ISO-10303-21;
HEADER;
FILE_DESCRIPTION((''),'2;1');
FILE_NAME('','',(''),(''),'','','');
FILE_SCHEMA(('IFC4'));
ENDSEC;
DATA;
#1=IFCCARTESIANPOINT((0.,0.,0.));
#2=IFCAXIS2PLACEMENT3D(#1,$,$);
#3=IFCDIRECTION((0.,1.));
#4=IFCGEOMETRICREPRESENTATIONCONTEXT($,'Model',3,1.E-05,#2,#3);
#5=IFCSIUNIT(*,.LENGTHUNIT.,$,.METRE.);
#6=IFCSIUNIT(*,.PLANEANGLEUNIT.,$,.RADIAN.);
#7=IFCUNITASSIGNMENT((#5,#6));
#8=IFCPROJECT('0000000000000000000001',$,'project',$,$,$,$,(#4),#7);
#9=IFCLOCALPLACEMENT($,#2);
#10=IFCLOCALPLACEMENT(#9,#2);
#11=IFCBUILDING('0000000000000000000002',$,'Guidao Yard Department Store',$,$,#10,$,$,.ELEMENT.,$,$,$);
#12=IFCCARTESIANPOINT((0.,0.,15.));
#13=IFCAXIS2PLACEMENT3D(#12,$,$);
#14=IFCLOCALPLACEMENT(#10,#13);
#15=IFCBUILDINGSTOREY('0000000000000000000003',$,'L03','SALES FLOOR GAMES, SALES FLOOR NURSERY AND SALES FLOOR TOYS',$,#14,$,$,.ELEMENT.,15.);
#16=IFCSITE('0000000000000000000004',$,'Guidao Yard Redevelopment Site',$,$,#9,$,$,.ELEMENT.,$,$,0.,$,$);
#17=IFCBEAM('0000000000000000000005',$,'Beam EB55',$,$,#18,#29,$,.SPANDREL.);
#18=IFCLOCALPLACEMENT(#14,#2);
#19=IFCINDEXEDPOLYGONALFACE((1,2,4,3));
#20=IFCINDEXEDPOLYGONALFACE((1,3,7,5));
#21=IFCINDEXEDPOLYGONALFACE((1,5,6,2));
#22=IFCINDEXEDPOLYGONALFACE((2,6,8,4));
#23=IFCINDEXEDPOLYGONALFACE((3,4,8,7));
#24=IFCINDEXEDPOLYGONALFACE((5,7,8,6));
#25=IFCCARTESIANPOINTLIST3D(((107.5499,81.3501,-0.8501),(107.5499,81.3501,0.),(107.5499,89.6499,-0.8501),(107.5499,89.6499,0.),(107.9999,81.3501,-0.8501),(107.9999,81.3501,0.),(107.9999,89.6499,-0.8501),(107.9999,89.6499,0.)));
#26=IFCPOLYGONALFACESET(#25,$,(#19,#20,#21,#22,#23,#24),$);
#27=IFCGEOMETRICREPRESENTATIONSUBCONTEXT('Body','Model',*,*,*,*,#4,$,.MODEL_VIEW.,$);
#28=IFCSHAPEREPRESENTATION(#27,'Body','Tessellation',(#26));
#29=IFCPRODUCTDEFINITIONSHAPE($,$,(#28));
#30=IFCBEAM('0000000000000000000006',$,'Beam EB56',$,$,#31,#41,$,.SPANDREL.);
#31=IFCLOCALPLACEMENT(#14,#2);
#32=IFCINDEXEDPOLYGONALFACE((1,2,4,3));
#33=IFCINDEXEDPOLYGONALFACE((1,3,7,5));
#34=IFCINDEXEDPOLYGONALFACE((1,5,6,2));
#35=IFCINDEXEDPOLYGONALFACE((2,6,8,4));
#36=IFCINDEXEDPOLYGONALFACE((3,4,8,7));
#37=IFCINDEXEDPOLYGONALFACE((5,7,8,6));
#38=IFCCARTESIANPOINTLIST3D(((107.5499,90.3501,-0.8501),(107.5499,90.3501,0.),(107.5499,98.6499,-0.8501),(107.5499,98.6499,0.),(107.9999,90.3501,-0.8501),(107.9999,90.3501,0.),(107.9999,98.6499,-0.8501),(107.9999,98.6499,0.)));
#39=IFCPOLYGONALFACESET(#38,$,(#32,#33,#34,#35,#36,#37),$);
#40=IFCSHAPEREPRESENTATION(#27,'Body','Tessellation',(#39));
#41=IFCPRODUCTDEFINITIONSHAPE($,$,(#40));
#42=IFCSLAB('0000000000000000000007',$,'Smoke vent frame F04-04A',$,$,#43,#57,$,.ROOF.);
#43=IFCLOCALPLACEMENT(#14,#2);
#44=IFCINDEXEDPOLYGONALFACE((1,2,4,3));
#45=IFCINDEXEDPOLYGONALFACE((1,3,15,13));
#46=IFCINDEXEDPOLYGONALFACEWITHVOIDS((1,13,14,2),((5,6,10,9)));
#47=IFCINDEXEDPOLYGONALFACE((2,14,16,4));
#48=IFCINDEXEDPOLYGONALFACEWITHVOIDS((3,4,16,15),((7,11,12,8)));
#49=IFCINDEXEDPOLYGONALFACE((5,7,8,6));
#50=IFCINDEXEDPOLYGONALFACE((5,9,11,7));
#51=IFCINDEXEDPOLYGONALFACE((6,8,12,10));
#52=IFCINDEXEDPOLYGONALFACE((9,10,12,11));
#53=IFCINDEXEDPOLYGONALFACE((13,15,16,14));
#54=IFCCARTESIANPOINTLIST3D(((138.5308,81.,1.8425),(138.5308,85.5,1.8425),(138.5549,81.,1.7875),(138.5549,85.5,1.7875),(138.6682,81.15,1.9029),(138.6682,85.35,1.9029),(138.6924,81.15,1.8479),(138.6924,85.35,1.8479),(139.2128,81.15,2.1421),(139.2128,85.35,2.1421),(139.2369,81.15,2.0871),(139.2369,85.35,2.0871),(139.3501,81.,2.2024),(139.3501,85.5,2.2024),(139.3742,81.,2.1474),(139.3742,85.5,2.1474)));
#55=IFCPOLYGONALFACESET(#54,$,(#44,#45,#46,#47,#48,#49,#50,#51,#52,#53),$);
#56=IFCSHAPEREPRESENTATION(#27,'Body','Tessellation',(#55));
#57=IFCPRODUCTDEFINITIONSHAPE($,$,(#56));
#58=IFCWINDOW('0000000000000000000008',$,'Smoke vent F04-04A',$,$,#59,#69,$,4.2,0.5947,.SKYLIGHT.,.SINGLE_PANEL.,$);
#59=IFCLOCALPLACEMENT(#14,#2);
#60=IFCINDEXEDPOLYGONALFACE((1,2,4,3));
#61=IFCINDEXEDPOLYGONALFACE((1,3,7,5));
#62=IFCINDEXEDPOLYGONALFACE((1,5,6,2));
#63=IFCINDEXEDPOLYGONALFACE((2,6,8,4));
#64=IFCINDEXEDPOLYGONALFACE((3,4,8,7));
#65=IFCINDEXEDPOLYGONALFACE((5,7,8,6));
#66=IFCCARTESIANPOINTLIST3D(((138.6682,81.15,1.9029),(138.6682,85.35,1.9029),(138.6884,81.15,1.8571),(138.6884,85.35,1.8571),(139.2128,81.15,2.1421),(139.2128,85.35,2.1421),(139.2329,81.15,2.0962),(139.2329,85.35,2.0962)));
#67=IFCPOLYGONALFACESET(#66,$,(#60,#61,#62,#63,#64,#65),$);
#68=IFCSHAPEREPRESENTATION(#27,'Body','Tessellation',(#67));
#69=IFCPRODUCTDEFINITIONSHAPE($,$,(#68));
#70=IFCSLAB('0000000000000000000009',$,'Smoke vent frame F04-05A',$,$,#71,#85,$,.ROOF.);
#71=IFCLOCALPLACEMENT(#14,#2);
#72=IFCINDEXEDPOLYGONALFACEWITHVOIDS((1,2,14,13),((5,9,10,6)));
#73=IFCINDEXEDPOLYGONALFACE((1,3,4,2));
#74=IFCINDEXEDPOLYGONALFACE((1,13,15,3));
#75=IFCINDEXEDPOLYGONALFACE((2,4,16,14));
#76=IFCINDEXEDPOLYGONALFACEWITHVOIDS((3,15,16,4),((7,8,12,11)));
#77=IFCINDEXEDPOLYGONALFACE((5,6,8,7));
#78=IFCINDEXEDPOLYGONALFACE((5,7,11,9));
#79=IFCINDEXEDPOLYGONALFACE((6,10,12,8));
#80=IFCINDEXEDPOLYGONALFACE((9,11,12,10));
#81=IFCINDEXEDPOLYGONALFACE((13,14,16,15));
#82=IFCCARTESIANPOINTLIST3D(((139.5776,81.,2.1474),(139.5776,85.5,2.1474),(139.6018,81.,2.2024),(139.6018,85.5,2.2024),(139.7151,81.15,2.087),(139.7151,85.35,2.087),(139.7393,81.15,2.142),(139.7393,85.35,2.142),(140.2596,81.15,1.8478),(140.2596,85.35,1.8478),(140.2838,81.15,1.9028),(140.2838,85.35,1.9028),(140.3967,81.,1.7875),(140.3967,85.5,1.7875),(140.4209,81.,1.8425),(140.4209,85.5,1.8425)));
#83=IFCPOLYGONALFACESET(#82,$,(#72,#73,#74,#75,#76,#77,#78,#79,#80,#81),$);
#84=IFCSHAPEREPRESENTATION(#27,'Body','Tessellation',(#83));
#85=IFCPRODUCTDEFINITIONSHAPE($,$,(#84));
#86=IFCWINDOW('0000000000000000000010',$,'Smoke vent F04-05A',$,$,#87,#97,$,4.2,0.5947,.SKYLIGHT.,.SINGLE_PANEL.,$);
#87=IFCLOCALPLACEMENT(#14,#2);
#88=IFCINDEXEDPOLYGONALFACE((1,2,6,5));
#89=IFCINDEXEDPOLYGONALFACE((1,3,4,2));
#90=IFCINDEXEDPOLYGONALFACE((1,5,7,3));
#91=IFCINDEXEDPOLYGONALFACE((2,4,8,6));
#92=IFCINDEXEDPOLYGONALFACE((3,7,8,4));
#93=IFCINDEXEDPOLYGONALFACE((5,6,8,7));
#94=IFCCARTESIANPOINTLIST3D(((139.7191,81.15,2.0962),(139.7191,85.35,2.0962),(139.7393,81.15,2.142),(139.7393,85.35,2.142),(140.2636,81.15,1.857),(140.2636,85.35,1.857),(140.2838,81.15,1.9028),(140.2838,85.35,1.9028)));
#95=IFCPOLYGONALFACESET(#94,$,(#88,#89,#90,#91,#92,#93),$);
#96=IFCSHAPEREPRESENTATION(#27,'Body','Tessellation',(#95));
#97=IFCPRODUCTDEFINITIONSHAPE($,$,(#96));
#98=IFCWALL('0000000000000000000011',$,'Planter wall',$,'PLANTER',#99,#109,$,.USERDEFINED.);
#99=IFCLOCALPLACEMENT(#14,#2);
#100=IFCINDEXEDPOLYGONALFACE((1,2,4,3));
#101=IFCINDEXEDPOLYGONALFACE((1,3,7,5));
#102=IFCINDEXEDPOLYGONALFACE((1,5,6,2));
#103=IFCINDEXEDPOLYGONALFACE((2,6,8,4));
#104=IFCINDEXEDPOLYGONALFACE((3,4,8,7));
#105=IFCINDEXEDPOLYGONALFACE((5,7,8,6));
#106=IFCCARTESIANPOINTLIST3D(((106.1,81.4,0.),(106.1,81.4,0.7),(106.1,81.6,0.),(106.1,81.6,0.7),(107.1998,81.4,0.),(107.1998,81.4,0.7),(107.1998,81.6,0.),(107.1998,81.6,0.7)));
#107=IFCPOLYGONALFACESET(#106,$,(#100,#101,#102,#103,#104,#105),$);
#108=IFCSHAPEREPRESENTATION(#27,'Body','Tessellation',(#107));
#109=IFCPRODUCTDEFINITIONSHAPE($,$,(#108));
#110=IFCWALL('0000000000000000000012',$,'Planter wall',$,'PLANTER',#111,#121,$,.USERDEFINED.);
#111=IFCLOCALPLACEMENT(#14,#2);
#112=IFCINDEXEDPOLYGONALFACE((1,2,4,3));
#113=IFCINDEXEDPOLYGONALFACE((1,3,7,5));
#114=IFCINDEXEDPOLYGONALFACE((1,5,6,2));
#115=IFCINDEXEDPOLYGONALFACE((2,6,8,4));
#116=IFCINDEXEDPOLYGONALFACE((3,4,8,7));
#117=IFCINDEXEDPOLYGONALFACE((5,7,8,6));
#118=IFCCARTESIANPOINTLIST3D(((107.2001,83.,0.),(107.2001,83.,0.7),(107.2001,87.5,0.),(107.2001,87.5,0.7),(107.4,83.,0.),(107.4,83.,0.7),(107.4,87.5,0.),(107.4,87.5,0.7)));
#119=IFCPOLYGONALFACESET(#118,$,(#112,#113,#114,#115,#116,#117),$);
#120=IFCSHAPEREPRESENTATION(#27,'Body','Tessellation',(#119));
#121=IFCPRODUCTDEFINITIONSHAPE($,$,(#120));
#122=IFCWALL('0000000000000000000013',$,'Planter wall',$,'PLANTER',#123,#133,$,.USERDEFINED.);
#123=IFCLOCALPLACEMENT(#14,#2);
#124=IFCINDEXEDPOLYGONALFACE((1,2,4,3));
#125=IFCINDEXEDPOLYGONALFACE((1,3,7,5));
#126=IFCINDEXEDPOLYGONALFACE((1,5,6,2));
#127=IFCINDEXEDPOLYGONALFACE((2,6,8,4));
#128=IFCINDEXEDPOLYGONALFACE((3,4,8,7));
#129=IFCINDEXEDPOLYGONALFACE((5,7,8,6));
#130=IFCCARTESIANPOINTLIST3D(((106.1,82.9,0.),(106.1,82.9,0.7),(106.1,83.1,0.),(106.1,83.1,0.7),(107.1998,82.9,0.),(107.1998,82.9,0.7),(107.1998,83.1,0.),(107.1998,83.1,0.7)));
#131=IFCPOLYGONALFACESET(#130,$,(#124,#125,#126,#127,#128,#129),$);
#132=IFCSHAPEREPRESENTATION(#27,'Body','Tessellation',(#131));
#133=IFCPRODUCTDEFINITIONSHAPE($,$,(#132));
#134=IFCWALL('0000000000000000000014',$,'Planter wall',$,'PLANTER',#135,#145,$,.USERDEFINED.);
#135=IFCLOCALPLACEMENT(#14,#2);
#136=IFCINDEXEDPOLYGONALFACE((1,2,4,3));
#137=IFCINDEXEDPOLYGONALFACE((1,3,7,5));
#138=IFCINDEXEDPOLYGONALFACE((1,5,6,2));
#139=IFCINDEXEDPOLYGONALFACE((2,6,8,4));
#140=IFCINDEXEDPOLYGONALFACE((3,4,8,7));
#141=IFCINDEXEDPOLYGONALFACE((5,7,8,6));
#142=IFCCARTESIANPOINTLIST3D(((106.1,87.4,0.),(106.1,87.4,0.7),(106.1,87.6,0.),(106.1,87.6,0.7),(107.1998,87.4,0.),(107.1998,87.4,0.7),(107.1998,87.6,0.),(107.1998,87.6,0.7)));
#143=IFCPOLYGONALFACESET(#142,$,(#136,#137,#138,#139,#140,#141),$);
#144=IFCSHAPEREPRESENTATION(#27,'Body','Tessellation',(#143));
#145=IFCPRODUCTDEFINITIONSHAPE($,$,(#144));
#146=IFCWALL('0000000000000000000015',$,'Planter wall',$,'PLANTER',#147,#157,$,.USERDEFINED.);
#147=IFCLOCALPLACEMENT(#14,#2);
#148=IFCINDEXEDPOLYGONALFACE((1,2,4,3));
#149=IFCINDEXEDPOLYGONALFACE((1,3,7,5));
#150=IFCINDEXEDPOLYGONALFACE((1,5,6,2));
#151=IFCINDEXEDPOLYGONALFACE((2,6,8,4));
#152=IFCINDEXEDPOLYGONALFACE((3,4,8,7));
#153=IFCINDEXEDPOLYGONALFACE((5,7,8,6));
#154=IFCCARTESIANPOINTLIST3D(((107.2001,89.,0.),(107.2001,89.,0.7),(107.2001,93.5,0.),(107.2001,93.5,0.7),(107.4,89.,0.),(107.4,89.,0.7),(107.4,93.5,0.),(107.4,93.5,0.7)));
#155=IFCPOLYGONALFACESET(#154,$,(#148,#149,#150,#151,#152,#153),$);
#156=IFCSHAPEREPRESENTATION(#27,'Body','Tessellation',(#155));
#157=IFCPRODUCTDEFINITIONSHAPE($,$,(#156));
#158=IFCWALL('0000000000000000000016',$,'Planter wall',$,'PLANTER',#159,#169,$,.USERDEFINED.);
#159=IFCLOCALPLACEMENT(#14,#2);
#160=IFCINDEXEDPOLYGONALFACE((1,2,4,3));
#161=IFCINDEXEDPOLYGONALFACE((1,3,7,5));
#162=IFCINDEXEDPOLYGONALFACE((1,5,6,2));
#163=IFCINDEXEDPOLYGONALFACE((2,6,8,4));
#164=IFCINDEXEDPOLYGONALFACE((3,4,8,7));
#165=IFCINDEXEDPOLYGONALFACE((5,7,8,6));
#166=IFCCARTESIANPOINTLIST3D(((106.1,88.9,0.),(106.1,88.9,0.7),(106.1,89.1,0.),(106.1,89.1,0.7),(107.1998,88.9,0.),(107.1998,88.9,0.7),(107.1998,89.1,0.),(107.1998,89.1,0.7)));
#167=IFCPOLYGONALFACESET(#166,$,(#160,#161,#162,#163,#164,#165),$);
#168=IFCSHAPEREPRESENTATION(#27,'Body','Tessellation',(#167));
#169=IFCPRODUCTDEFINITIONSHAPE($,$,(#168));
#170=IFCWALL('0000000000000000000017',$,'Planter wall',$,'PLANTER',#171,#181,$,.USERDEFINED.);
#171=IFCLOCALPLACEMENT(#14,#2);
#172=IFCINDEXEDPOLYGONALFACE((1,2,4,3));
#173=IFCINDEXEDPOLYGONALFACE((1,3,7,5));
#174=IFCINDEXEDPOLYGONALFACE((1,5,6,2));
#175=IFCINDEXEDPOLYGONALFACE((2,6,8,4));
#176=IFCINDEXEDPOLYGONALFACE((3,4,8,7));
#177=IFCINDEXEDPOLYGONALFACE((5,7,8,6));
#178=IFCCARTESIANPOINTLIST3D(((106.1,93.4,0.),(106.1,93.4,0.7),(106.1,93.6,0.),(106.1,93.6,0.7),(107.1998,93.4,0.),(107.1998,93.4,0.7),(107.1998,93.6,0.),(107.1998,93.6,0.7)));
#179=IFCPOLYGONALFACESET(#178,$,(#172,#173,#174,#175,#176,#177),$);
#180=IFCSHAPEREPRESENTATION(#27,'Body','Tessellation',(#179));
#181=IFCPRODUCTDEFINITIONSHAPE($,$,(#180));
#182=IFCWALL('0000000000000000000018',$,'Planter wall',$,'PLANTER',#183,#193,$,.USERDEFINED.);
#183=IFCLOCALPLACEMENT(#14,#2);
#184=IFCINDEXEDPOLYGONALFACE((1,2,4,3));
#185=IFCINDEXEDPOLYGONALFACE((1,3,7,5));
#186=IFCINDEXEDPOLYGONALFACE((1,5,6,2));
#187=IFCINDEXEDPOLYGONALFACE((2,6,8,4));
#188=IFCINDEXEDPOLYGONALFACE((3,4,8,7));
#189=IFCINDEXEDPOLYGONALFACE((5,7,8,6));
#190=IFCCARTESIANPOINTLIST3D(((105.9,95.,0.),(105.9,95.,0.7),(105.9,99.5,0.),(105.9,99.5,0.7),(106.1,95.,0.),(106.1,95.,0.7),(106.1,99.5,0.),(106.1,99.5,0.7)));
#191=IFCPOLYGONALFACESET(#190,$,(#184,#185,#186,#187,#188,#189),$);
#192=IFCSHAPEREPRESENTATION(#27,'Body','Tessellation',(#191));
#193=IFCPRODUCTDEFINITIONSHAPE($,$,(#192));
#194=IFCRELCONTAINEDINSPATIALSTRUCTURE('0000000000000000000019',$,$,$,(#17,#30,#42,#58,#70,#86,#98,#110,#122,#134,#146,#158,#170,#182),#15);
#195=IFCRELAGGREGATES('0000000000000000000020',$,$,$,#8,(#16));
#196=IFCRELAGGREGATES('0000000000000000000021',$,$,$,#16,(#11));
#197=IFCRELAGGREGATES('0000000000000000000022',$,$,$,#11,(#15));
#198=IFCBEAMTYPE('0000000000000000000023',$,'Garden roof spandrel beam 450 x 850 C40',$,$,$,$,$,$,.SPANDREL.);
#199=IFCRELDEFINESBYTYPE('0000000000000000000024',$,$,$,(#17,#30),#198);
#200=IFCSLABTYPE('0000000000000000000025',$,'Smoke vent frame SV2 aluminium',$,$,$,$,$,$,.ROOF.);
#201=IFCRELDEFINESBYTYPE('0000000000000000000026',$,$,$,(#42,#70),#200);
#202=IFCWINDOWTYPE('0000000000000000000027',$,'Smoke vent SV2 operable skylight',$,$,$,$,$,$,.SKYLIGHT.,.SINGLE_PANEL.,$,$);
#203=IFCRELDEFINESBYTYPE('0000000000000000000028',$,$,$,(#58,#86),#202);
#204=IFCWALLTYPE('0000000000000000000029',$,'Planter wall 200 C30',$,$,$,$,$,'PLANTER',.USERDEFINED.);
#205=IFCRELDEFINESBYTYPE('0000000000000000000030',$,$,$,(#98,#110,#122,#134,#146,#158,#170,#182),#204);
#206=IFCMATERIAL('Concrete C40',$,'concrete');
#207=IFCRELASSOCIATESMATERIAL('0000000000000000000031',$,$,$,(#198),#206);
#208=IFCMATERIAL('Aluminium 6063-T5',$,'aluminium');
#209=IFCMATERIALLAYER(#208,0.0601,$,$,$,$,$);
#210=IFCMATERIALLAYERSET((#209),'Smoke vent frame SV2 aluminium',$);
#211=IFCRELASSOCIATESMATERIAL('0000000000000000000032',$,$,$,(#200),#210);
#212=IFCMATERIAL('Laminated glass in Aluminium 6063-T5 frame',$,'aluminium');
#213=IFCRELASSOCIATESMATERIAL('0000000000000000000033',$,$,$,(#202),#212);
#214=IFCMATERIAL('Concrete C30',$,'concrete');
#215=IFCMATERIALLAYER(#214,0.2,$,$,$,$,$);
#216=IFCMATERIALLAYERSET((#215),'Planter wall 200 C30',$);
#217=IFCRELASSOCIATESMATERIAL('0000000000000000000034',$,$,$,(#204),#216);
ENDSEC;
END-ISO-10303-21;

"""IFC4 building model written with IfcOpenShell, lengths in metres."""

from ifc_helpers import new_model, si_unit, direction, frame, frame_2d, origin, origin_2d, place, context, subcontext, project, spatial, polyline, rectangle, outline, extrude, material, layer, layer_set, material_profile, profile_set, type_object, element, fill, save


model = new_model("IFC4")

# Units and contexts
model_context = context("Model", 3, precision=1e-05, world=origin(), true_north=direction((0.0, 1.0)))
body_context = subcontext(model_context, "Body", "Model", "MODEL_VIEW")
ifc_project = project(units=[si_unit("LENGTHUNIT", "METRE"), si_unit("PLANEANGLEUNIT", "RADIAN")], contexts=[model_context])

# Site, building, storey
site_placement = place(None, origin())
site = spatial("IfcSite", under=ifc_project, at=site_placement, Name="Guidao Yard Redevelopment Site", CompositionType="ELEMENT", RefElevation=0.0)
building_placement = place(site_placement, origin())
building = spatial("IfcBuilding", under=site, at=building_placement, Name="Guidao Yard Department Store", CompositionType="ELEMENT")
storey_placement = place(building_placement, frame((0.0, 0.0, 15.0)))
storey = spatial("IfcBuildingStorey", under=building, at=storey_placement, Name="L03", Description="SALES FLOOR GAMES, SALES FLOOR NURSERY AND SALES FLOOR TOYS", CompositionType="ELEMENT", Elevation=15.0)

# Beams
ifc_material_1 = material(Name="Concrete C40", Category="concrete")
ifc_material_profile = material_profile(ifc_material_1, rectangle(XDim=0.45, YDim=0.8501, at=origin_2d()), Name="Garden roof spandrel beam 450 x 850 C40")
ifc_profile_set = profile_set([ifc_material_profile], Name="Concrete C40")
beam_type = type_object("IfcBeamType", Name="Garden roof spandrel beam 450 x 850 C40", PredefinedType="SPANDREL", material=ifc_profile_set)
for number, where, z_axis, x_axis, name in (
    (1, (107.7749, 81.3501, -0.425), (0.0, 1.0, 0.0), (-1.0, 0.0, 0.0), "Beam EB55"),
    (2, (107.7749, 90.3501, -0.425), (0.0, 1.0, 0.0), (-1.0, 0.0, 0.0), "Beam EB56"),
):
    element("IfcBeam", number, at=place(storey_placement, frame(where, z_axis=z_axis, x_axis=x_axis)), inside=storey, type_object=beam_type, Name=name, PredefinedType="SPANDREL", context=body_context, shape_type="SweptSolid", body=[
        extrude(rectangle(XDim=0.45, YDim=0.8501, at=origin_2d()), origin(), (0.0, 0.0, 1.0), 8.2998),
    ])

# Slabs, openings, windows
ifc_material_2 = material(Name="Aluminium 6063-T5", Category="aluminium")
ifc_layer_1 = layer(ifc_material_2, 0.0601)
ifc_layer_set_1 = layer_set([ifc_layer_1], Name="Smoke vent frame SV2 aluminium")
slab_type = type_object("IfcSlabType", Name="Smoke vent frame SV2 aluminium", PredefinedType="ROOF", material=ifc_layer_set_1)
slab_1_placement = place(storey_placement, frame((138.5308, 81.0, 1.8425), z_axis=(-0.402135, 0.0, 0.91558), x_axis=(0.91558, 0.0, 0.402135)))
slab_1 = element("IfcSlab", 3, at=slab_1_placement, inside=storey, type_object=slab_type, Name="Smoke vent frame F04-04A", PredefinedType="ROOF", context=body_context, shape_type="SweptSolid", body=[
    extrude(outline(polyline([(0.0, 0.0), (0.8949, 0.0), (0.8949, 4.5), (0.0, 4.5), (0.0, 0.0)])), origin(), (0.0, 0.0, -1.0), 0.0601),
])
opening_1_placement = place(slab_1_placement, frame((0.4475, 2.25, 0.0)))
opening_1 = element("IfcOpeningElement", 4, at=opening_1_placement, cuts=slab_1, PredefinedType="OPENING", context=body_context, shape_type="SweptSolid", body=[
    extrude(rectangle(XDim=0.5947, YDim=4.2, at=origin_2d()), frame((0.0, 0.0, 0.01)), (0.0, 0.0, -1.0), 0.0801),
])
ifc_material_3 = material(Name="Laminated glass in Aluminium 6063-T5 frame", Category="aluminium")
window_type = type_object("IfcWindowType", Name="Smoke vent SV2 operable skylight", PartitioningType="SINGLE_PANEL", PredefinedType="SKYLIGHT", material=ifc_material_3)
window_1_placement = place(opening_1_placement, frame((0.0, 0.0, -0.05)))
window_1 = element("IfcWindow", 5, at=window_1_placement, inside=storey, type_object=window_type, Name="Smoke vent F04-04A", OverallHeight=4.2, OverallWidth=0.5947, PartitioningType="SINGLE_PANEL", PredefinedType="SKYLIGHT", context=body_context, shape_type="SweptSolid", body=[
    extrude(rectangle(XDim=0.5947, YDim=4.2, at=origin_2d()), origin(), (0.0, 0.0, 1.0), 0.05),
])
fill(opening_1, window_1)
slab_2_placement = place(storey_placement, frame((139.6018, 81.0, 2.2024), z_axis=(0.402236, 0.0, 0.915536), x_axis=(0.915536, 0.0, -0.402236)))
slab_2 = element("IfcSlab", 6, at=slab_2_placement, inside=storey, type_object=slab_type, Name="Smoke vent frame F04-05A", PredefinedType="ROOF", context=body_context, shape_type="SweptSolid", body=[
    extrude(outline(polyline([(0.0, 0.0), (0.8947, 0.0), (0.8947, 4.5), (0.0, 4.5), (0.0, 0.0)])), origin(), (0.0, 0.0, -1.0), 0.0601),
])
opening_2_placement = place(slab_2_placement, frame((0.4475, 2.25, 0.0)))
opening_2 = element("IfcOpeningElement", 7, at=opening_2_placement, cuts=slab_2, PredefinedType="OPENING", context=body_context, shape_type="SweptSolid", body=[
    extrude(rectangle(XDim=0.5947, YDim=4.2, at=origin_2d()), frame((0.0, 0.0, 0.01)), (0.0, 0.0, -1.0), 0.0801),
])
window_2_placement = place(opening_2_placement, frame((0.0, 0.0, -0.05)))
window_2 = element("IfcWindow", 8, at=window_2_placement, inside=storey, type_object=window_type, Name="Smoke vent F04-05A", OverallHeight=4.2, OverallWidth=0.5947, PartitioningType="SINGLE_PANEL", PredefinedType="SKYLIGHT", context=body_context, shape_type="SweptSolid", body=[
    extrude(rectangle(XDim=0.5947, YDim=4.2, at=origin_2d()), origin(), (0.0, 0.0, 1.0), 0.05),
])
fill(opening_2, window_2)

# Walls
ifc_material_4 = material(Name="Concrete C30", Category="concrete")
ifc_layer_2 = layer(ifc_material_4, 0.2)
ifc_layer_set_2 = layer_set([ifc_layer_2], Name="Planter wall 200 C30")
wall_type_1 = type_object("IfcWallType", Name="Planter wall 200 C30", ElementType="PLANTER", PredefinedType="USERDEFINED", material=ifc_layer_set_2)
wall_1_placement = place(storey_placement, frame((106.1001, 81.5, 0.0), z_axis=(0.0, 0.0, 1.0), x_axis=(1.0, 0.0, 0.0)))
element("IfcWall", 9, at=wall_1_placement, inside=storey, type_object=wall_type_1, Name="Planter wall", ObjectType="PLANTER", PredefinedType="USERDEFINED", context=body_context, shape_type="SweptSolid", body=[
    extrude(rectangle(XDim=1.0999, YDim=0.2, at=frame_2d((0.5498, 0.0))), origin(), (0.0, 0.0, 1.0), 0.7),
])
wall_2_placement = place(storey_placement, frame((107.3, 83.0, 0.0), z_axis=(0.0, 0.0, 1.0), x_axis=(0.0, 1.0, 0.0)))
element("IfcWall", 10, at=wall_2_placement, inside=storey, type_object=wall_type_1, Name="Planter wall", ObjectType="PLANTER", PredefinedType="USERDEFINED", context=body_context, shape_type="SweptSolid", body=[
    extrude(rectangle(XDim=4.5, YDim=0.2, at=frame_2d((2.25, 0.0))), origin(), (0.0, 0.0, 1.0), 0.7),
])
for number, where, z_axis, x_axis, name in (
    (11, (106.1001, 83.0, 0.0), (0.0, 0.0, 1.0), (1.0, 0.0, 0.0), "Planter wall"),
    (12, (106.1001, 87.5, 0.0), (0.0, 0.0, 1.0), (1.0, 0.0, 0.0), "Planter wall"),
):
    element("IfcWall", number, at=place(storey_placement, frame(where, z_axis=z_axis, x_axis=x_axis)), inside=storey, type_object=wall_type_1, Name=name, ObjectType="PLANTER", PredefinedType="USERDEFINED", context=body_context, shape_type="SweptSolid", body=[
        extrude(rectangle(XDim=1.0999, YDim=0.2, at=frame_2d((0.5498, 0.0))), origin(), (0.0, 0.0, 1.0), 0.7),
    ])
wall_3_placement = place(storey_placement, frame((107.3, 89.0, 0.0), z_axis=(0.0, 0.0, 1.0), x_axis=(0.0, 1.0, 0.0)))
element("IfcWall", 13, at=wall_3_placement, inside=storey, type_object=wall_type_1, Name="Planter wall", ObjectType="PLANTER", PredefinedType="USERDEFINED", context=body_context, shape_type="SweptSolid", body=[
    extrude(rectangle(XDim=4.5, YDim=0.2, at=frame_2d((2.25, 0.0))), origin(), (0.0, 0.0, 1.0), 0.7),
])
for number, where, z_axis, x_axis, name in (
    (14, (106.1001, 89.0, 0.0), (0.0, 0.0, 1.0), (1.0, 0.0, 0.0), "Planter wall"),
    (15, (106.1001, 93.5, 0.0), (0.0, 0.0, 1.0), (1.0, 0.0, 0.0), "Planter wall"),
):
    element("IfcWall", number, at=place(storey_placement, frame(where, z_axis=z_axis, x_axis=x_axis)), inside=storey, type_object=wall_type_1, Name=name, ObjectType="PLANTER", PredefinedType="USERDEFINED", context=body_context, shape_type="SweptSolid", body=[
        extrude(rectangle(XDim=1.0999, YDim=0.2, at=frame_2d((0.5498, 0.0))), origin(), (0.0, 0.0, 1.0), 0.7),
    ])
for number, where, z_axis, x_axis, name in (
    (16, (106.0, 95.0, 0.0), (0.0, 0.0, 1.0), (0.0, 1.0, 0.0), "Planter wall"),
):
    element("IfcWall", number, at=place(storey_placement, frame(where, z_axis=z_axis, x_axis=x_axis)), inside=storey, type_object=wall_type_1, Name=name, ObjectType="PLANTER", PredefinedType="USERDEFINED", context=body_context, shape_type="SweptSolid", body=[
        extrude(rectangle(XDim=4.5, YDim=0.2, at=frame_2d((2.25, 0.0))), origin(), (0.0, 0.0, 1.0), 0.7),
    ])

save(model, "model.ifc")
